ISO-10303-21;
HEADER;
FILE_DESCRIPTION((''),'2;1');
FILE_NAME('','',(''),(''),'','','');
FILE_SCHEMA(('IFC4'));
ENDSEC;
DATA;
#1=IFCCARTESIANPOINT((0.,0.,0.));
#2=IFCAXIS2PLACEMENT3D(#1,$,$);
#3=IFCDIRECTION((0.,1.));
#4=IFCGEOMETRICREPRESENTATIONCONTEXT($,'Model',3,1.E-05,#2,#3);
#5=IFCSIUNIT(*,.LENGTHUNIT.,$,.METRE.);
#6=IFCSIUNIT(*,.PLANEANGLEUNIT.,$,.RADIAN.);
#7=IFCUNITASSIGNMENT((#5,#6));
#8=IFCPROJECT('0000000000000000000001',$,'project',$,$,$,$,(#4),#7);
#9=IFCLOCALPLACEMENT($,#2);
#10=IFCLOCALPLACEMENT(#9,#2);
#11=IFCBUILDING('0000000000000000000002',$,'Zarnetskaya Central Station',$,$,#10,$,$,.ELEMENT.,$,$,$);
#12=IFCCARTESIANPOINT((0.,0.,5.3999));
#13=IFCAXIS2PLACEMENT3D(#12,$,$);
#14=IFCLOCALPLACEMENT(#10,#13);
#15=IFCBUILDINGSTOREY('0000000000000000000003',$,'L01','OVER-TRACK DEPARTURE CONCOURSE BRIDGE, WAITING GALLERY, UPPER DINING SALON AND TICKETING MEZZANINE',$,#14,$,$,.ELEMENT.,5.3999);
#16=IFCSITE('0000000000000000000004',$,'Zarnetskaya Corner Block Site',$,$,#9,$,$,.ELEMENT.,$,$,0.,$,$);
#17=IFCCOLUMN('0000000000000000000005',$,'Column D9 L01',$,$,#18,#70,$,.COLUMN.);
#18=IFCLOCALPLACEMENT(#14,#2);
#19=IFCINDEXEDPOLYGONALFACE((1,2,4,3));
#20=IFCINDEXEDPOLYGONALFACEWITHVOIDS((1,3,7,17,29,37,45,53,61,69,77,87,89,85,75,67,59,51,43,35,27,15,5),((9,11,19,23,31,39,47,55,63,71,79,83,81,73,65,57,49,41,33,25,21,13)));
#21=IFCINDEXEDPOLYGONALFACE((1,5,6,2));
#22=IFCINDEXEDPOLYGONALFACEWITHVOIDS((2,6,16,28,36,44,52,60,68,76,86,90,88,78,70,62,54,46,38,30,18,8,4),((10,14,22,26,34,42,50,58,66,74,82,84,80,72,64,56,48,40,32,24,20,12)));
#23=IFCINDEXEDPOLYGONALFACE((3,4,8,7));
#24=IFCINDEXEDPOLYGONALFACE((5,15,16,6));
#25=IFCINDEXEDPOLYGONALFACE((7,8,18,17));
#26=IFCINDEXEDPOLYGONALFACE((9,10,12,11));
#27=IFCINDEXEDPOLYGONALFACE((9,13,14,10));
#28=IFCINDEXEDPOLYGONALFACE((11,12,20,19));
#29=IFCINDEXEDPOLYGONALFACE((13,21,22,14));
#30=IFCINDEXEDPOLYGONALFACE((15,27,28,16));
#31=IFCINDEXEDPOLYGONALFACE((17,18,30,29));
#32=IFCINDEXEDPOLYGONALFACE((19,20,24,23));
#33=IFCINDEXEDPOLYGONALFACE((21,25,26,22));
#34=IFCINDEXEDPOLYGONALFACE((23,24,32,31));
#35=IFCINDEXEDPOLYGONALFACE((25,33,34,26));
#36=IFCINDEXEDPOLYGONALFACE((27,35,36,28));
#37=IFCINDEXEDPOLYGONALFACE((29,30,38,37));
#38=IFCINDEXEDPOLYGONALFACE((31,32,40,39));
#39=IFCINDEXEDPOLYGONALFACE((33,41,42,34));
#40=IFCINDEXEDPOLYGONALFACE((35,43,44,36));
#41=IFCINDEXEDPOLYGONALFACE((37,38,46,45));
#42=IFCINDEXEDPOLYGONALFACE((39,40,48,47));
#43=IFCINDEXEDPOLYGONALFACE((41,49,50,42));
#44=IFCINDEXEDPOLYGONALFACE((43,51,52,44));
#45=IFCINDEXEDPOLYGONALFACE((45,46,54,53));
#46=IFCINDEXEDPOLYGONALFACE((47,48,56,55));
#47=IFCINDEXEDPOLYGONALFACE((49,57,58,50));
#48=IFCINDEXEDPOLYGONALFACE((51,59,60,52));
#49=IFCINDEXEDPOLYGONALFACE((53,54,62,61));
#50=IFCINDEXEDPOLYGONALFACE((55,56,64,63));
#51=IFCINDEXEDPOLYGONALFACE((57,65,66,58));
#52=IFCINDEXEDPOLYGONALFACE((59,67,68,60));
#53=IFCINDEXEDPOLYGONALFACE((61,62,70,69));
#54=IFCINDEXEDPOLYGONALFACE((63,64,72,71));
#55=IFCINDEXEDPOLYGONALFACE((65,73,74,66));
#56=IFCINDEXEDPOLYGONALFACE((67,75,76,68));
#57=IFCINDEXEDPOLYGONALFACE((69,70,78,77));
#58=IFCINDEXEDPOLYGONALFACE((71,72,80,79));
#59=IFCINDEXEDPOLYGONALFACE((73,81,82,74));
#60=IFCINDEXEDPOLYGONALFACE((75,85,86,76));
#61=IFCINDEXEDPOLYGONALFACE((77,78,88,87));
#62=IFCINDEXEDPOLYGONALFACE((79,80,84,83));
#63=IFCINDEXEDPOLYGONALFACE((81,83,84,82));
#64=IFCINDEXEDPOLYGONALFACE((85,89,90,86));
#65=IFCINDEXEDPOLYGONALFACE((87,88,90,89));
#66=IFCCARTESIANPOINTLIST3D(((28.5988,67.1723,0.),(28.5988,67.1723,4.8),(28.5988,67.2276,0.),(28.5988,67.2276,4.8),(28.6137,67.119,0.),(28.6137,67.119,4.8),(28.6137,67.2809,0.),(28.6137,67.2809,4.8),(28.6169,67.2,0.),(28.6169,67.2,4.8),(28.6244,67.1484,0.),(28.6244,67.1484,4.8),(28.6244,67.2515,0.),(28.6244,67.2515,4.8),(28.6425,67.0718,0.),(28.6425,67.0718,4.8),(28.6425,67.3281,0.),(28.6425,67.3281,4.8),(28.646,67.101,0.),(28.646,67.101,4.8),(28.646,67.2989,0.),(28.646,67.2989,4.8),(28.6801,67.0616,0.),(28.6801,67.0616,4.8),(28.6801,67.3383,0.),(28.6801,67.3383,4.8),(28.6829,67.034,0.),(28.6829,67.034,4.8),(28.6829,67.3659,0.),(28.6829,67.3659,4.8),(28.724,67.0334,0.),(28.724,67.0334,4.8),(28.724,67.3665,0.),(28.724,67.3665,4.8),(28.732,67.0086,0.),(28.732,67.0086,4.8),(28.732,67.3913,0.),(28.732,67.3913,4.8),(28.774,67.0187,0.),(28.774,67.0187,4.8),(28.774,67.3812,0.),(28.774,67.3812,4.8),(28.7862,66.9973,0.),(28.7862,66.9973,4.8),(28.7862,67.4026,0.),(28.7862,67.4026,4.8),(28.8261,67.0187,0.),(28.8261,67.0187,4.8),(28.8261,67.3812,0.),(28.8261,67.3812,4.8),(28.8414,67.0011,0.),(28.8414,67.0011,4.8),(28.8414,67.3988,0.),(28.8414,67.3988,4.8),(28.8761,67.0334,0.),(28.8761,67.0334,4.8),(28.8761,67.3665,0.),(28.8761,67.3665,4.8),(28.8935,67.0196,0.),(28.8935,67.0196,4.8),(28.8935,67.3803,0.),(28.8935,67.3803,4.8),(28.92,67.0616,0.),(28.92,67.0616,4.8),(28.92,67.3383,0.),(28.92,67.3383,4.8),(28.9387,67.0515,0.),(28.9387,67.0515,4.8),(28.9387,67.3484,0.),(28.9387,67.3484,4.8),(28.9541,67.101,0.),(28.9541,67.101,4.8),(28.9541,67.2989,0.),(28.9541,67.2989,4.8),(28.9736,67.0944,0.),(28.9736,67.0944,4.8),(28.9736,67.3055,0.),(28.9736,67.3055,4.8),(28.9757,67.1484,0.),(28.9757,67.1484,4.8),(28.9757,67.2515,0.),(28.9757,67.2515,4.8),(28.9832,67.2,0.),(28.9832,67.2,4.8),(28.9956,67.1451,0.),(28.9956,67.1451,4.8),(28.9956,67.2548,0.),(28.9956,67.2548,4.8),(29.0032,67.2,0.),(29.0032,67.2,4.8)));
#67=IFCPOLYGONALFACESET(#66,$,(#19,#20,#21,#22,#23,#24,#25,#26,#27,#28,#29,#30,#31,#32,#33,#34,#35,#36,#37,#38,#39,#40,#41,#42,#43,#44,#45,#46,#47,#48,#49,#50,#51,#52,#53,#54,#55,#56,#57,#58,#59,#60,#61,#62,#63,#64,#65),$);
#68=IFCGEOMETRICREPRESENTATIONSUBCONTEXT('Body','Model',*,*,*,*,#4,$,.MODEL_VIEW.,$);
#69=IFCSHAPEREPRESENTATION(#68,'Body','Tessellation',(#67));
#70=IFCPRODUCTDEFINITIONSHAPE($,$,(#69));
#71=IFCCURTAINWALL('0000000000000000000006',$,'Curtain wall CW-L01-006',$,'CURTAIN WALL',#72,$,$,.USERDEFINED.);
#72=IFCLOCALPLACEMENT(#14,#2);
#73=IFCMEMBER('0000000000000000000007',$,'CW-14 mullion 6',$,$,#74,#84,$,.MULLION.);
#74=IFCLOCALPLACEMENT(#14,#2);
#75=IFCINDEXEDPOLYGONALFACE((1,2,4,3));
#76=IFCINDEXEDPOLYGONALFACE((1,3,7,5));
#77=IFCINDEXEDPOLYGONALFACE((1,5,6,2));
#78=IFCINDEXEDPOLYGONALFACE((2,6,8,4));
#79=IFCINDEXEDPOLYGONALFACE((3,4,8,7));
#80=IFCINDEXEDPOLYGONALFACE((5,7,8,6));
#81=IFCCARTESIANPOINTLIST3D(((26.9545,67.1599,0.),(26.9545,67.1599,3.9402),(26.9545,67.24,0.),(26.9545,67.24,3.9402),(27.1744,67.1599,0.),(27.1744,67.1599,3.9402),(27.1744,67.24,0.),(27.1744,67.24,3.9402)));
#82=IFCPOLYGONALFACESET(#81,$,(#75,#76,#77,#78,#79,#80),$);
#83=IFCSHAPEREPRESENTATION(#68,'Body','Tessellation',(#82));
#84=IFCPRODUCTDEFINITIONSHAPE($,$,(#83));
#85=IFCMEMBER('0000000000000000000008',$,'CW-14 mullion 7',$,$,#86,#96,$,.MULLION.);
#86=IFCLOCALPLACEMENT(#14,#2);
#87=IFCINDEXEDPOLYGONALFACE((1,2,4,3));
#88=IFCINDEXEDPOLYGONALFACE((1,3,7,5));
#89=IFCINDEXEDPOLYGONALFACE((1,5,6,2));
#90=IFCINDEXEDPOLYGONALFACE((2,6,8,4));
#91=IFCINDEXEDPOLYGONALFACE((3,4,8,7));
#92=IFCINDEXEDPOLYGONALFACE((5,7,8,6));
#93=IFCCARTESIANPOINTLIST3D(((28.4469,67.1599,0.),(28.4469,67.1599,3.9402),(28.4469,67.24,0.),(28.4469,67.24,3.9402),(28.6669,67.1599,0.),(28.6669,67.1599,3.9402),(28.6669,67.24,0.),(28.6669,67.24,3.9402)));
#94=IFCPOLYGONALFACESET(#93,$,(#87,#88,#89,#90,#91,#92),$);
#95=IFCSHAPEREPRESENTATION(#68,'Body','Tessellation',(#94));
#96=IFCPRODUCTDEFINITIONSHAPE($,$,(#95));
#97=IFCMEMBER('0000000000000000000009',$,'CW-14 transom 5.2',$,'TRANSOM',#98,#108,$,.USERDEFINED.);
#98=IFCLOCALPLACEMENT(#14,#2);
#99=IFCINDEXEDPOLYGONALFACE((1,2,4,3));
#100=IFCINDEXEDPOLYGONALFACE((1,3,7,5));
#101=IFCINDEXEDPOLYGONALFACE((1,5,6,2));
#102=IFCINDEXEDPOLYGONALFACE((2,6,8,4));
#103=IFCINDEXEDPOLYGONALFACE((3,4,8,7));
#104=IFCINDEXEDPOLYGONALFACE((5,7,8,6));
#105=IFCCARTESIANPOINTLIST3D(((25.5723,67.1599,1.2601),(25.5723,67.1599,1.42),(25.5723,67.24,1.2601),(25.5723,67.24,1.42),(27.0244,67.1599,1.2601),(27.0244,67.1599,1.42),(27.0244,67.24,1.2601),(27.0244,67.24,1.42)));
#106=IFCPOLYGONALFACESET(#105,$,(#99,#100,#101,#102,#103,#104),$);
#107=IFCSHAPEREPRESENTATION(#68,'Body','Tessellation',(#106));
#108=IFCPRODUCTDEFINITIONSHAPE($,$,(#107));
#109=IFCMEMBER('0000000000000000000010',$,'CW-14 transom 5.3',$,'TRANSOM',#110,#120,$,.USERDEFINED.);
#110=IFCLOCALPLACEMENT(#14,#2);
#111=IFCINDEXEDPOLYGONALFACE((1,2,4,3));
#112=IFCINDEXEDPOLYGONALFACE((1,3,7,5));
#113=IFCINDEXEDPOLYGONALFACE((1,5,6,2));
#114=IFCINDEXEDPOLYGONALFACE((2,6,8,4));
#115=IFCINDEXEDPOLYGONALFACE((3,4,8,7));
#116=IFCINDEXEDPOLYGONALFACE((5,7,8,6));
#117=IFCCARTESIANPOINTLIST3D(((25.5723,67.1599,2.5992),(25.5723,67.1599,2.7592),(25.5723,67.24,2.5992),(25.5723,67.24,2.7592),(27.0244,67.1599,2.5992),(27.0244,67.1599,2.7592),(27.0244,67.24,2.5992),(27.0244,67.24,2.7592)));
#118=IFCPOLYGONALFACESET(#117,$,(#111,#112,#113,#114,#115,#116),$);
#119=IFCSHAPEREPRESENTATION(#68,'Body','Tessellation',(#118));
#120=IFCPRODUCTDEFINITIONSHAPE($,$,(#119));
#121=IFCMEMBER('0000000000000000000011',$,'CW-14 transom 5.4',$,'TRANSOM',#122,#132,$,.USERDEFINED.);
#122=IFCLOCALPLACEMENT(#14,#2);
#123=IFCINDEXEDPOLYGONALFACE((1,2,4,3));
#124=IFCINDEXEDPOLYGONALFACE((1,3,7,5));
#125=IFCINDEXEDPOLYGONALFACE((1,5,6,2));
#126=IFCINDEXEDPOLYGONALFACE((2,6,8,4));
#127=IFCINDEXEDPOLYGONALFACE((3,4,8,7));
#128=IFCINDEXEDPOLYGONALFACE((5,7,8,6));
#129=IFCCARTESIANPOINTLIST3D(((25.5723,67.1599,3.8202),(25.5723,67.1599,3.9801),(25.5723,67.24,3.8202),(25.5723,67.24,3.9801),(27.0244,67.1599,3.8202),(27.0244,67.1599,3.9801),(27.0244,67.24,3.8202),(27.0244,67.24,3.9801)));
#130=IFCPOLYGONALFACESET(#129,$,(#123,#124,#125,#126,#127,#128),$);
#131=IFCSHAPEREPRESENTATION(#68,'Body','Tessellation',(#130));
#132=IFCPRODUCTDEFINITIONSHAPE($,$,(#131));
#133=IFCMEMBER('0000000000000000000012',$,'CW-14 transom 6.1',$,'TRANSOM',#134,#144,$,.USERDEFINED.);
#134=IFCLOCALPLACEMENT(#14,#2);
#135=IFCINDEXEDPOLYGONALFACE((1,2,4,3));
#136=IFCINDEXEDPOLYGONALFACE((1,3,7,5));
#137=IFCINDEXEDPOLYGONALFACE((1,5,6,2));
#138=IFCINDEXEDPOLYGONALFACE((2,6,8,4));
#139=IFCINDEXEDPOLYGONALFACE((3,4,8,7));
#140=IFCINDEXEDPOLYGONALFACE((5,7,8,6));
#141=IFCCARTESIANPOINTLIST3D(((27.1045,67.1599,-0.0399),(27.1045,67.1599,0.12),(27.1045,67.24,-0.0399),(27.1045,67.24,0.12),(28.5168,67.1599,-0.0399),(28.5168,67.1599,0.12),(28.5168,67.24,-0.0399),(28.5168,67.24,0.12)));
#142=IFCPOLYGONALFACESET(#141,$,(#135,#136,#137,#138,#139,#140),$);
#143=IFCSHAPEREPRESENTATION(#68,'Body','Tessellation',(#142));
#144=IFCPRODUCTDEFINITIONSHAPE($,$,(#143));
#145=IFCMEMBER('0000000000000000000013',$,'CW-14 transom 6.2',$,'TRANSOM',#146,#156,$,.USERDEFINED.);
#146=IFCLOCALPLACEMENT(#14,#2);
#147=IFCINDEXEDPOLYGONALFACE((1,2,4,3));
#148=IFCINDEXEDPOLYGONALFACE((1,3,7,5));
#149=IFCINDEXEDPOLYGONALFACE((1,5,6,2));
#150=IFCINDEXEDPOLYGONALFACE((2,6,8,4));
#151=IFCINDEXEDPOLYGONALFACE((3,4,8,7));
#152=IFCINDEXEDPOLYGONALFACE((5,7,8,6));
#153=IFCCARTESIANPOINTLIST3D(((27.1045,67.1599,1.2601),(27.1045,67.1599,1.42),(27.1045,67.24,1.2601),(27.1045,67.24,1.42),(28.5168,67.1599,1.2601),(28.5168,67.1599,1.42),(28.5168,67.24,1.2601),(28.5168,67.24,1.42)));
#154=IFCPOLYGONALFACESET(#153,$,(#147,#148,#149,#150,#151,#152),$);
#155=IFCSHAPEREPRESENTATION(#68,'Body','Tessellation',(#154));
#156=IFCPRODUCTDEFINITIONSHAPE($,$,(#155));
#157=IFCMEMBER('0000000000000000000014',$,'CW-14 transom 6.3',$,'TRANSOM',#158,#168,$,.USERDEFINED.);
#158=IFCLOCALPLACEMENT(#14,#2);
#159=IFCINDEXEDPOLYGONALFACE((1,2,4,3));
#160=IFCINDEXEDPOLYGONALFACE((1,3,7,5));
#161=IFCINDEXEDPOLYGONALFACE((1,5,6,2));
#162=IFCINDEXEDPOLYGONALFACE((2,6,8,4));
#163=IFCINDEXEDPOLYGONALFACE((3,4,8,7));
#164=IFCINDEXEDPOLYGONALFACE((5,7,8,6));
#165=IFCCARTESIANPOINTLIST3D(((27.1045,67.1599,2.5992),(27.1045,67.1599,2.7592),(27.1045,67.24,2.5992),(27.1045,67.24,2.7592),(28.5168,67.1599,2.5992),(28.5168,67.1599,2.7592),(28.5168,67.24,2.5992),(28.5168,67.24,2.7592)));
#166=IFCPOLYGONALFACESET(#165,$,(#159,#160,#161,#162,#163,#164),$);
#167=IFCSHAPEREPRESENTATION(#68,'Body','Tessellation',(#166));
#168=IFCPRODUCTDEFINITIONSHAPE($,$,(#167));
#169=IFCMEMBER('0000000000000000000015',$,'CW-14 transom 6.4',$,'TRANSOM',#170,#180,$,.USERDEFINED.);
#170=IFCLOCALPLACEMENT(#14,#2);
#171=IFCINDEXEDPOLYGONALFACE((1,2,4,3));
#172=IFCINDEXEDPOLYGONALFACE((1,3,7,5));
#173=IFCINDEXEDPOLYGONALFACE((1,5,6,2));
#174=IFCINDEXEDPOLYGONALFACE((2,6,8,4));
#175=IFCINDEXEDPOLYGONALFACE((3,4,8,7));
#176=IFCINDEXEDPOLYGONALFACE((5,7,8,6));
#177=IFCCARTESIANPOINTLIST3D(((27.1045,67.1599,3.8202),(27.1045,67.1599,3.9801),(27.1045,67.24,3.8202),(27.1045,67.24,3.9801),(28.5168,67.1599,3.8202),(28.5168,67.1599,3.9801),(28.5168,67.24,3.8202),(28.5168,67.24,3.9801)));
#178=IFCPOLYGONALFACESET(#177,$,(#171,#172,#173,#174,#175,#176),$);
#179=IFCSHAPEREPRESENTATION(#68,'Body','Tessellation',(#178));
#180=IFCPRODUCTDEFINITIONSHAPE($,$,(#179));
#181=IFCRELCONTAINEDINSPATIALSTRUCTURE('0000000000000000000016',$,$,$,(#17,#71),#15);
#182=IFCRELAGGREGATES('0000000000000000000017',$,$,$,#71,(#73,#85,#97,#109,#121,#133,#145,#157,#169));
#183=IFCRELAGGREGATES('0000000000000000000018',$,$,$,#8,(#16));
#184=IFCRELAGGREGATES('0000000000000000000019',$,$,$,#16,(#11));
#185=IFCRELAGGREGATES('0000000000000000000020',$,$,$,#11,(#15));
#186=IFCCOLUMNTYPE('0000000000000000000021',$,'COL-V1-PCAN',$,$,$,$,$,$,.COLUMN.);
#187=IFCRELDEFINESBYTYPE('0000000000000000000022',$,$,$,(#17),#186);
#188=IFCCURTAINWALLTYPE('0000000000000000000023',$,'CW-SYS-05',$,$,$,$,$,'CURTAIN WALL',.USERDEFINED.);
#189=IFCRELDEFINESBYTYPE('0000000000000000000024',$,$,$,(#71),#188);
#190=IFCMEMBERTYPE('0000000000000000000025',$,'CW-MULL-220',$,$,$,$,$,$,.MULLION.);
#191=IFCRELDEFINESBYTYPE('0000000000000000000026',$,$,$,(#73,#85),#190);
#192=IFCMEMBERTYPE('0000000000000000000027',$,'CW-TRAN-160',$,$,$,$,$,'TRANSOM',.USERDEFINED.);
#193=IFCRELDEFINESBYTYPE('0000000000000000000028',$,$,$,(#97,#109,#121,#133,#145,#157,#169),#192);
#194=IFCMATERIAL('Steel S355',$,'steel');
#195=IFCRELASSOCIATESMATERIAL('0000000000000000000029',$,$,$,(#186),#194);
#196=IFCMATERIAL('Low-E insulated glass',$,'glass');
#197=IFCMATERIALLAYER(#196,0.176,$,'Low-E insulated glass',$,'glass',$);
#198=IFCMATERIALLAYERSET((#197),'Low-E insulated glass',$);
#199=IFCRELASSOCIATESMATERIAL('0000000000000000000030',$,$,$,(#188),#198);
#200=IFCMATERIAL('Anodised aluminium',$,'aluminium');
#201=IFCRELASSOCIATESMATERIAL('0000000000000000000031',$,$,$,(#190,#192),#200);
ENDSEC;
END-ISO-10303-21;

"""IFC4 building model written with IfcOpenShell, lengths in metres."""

from ifc_helpers import new_model, si_unit, direction, frame, origin, origin_2d, place, context, subcontext, project, spatial, rectangle, hollow_circle, extrude, material, layer, layer_set, material_profile, profile_set, type_object, element, aggregate, save


model = new_model("IFC4")

# Units and contexts
model_context = context("Model", 3, precision=1e-05, world=origin(), true_north=direction((0.0, 1.0)))
body_context = subcontext(model_context, "Body", "Model", "MODEL_VIEW")
ifc_project = project(units=[si_unit("LENGTHUNIT", "METRE"), si_unit("PLANEANGLEUNIT", "RADIAN")], contexts=[model_context])

# Site, building, storey
site_placement = place(None, origin())
site = spatial("IfcSite", under=ifc_project, at=site_placement, Name="Zarnetskaya Corner Block Site", CompositionType="ELEMENT", RefElevation=0.0)
building_placement = place(site_placement, origin())
building = spatial("IfcBuilding", under=site, at=building_placement, Name="Zarnetskaya Central Station", CompositionType="ELEMENT")
storey_placement = place(building_placement, frame((0.0, 0.0, 5.3999)))
storey = spatial("IfcBuildingStorey", under=building, at=storey_placement, Name="L01", Description="OVER-TRACK DEPARTURE CONCOURSE BRIDGE, WAITING GALLERY, UPPER DINING SALON AND TICKETING MEZZANINE", CompositionType="ELEMENT", Elevation=5.3999)

# Column
ifc_material_1 = material(Name="Steel S355", Category="steel")
ifc_material_profile_1 = material_profile(ifc_material_1, hollow_circle(Radius=0.2031, WallThickness=0.02, at=origin_2d()), Name="CHS 406.4x20")
ifc_profile_set_1 = profile_set([ifc_material_profile_1], Name="Steel S355")
column_type = type_object("IfcColumnType", Name="COL-V1-PCAN", PredefinedType="COLUMN", material=ifc_profile_set_1)
column_placement = place(storey_placement, frame((28.8, 67.2, 0.0), z_axis=(0.0, 0.0, 1.0), x_axis=(1.0, 0.0, 0.0)))
element("IfcColumn", 1, at=column_placement, inside=storey, type_object=column_type, Name="Column D9 L01", PredefinedType="COLUMN", context=body_context, shape_type="SweptSolid", body=[
    extrude(hollow_circle(Radius=0.2031, WallThickness=0.02, at=origin_2d()), origin(), (0.0, 0.0, 1.0), 4.8),
])

# Curtain wall, members
ifc_material_2 = material(Name="Low-E insulated glass", Category="glass")
ifc_layer_1 = layer(ifc_material_2, 0.176, Name="Low-E insulated glass", Category="glass")
ifc_layer_set_1 = layer_set([ifc_layer_1], Name="Low-E insulated glass")
curtain_wall_type = type_object("IfcCurtainWallType", Name="CW-SYS-05", ElementType="CURTAIN WALL", PredefinedType="USERDEFINED", material=ifc_layer_set_1)
curtain_wall_placement = place(storey_placement, origin())
curtain_wall = element("IfcCurtainWall", 2, at=curtain_wall_placement, inside=storey, type_object=curtain_wall_type, Name="Curtain wall CW-L01-006", ObjectType="CURTAIN WALL", PredefinedType="USERDEFINED")
ifc_material_3 = material(Name="Anodised aluminium", Category="aluminium")
ifc_material_profile_2 = material_profile(ifc_material_3, rectangle(XDim=0.0801, YDim=0.22, at=origin_2d()), Name="ALU MULL 80x220")
ifc_profile_set_2 = profile_set([ifc_material_profile_2], Name="Anodised aluminium")
member_type_1 = type_object("IfcMemberType", Name="CW-MULL-220", PredefinedType="MULLION", material=ifc_profile_set_2)
member_1_placement = place(storey_placement, frame((27.0645, 67.2, 0.0), z_axis=(0.0, 0.0, 1.0), x_axis=(0.0, 1.0, 0.0)))
member_1 = element("IfcMember", 3, at=member_1_placement, type_object=member_type_1, Name="CW-14 mullion 6", PredefinedType="MULLION", context=body_context, shape_type="SweptSolid", body=[
    extrude(rectangle(XDim=0.0801, YDim=0.22, at=origin_2d()), origin(), (0.0, 0.0, 1.0), 3.9402),
])
member_2_placement = place(storey_placement, frame((28.5569, 67.2, 0.0), z_axis=(0.0, 0.0, 1.0), x_axis=(0.0, 1.0, 0.0)))
member_2 = element("IfcMember", 4, at=member_2_placement, type_object=member_type_1, Name="CW-14 mullion 7", PredefinedType="MULLION", context=body_context, shape_type="SweptSolid", body=[
    extrude(rectangle(XDim=0.0801, YDim=0.22, at=origin_2d()), origin(), (0.0, 0.0, 1.0), 3.9402),
])
ifc_material_profile_3 = material_profile(ifc_material_3, rectangle(XDim=0.0801, YDim=0.1599, at=origin_2d()), Name="ALU TRAN 80x160")
ifc_profile_set_3 = profile_set([ifc_material_profile_3], Name="Anodised aluminium")
member_type_2 = type_object("IfcMemberType", Name="CW-TRAN-160", ElementType="TRANSOM", PredefinedType="USERDEFINED", material=ifc_profile_set_3)
member_3_placement = place(storey_placement, frame((25.5723, 67.2, 1.3401), z_axis=(1.0, 0.0, 0.0), x_axis=(0.0, 1.0, 0.0)))
member_3 = element("IfcMember", 5, at=member_3_placement, type_object=member_type_2, Name="CW-14 transom 5.2", ObjectType="TRANSOM", PredefinedType="USERDEFINED", context=body_context, shape_type="SweptSolid", body=[
    extrude(rectangle(XDim=0.0801, YDim=0.1599, at=origin_2d()), origin(), (0.0, 0.0, 1.0), 1.4521),
])
member_4_placement = place(storey_placement, frame((25.5723, 67.2, 2.6792), z_axis=(1.0, 0.0, 0.0), x_axis=(0.0, 1.0, 0.0)))
member_4 = element("IfcMember", 6, at=member_4_placement, type_object=member_type_2, Name="CW-14 transom 5.3", ObjectType="TRANSOM", PredefinedType="USERDEFINED", context=body_context, shape_type="SweptSolid", body=[
    extrude(rectangle(XDim=0.0801, YDim=0.1599, at=origin_2d()), origin(), (0.0, 0.0, 1.0), 1.4521),
])
member_5_placement = place(storey_placement, frame((25.5723, 67.2, 3.9001), z_axis=(1.0, 0.0, 0.0), x_axis=(0.0, 1.0, 0.0)))
member_5 = element("IfcMember", 7, at=member_5_placement, type_object=member_type_2, Name="CW-14 transom 5.4", ObjectType="TRANSOM", PredefinedType="USERDEFINED", context=body_context, shape_type="SweptSolid", body=[
    extrude(rectangle(XDim=0.0801, YDim=0.1599, at=origin_2d()), origin(), (0.0, 0.0, 1.0), 1.4521),
])
member_6_placement = place(storey_placement, frame((27.1045, 67.2, 0.04), z_axis=(1.0, 0.0, 0.0), x_axis=(0.0, 1.0, 0.0)))
member_6 = element("IfcMember", 8, at=member_6_placement, type_object=member_type_2, Name="CW-14 transom 6.1", ObjectType="TRANSOM", PredefinedType="USERDEFINED", context=body_context, shape_type="SweptSolid", body=[
    extrude(rectangle(XDim=0.0801, YDim=0.1599, at=origin_2d()), origin(), (0.0, 0.0, 1.0), 1.4124),
])
member_7_placement = place(storey_placement, frame((27.1045, 67.2, 1.3401), z_axis=(1.0, 0.0, 0.0), x_axis=(0.0, 1.0, 0.0)))
member_7 = element("IfcMember", 9, at=member_7_placement, type_object=member_type_2, Name="CW-14 transom 6.2", ObjectType="TRANSOM", PredefinedType="USERDEFINED", context=body_context, shape_type="SweptSolid", body=[
    extrude(rectangle(XDim=0.0801, YDim=0.1599, at=origin_2d()), origin(), (0.0, 0.0, 1.0), 1.4124),
])
member_8_placement = place(storey_placement, frame((27.1045, 67.2, 2.6792), z_axis=(1.0, 0.0, 0.0), x_axis=(0.0, 1.0, 0.0)))
member_8 = element("IfcMember", 10, at=member_8_placement, type_object=member_type_2, Name="CW-14 transom 6.3", ObjectType="TRANSOM", PredefinedType="USERDEFINED", context=body_context, shape_type="SweptSolid", body=[
    extrude(rectangle(XDim=0.0801, YDim=0.1599, at=origin_2d()), origin(), (0.0, 0.0, 1.0), 1.4124),
])
member_9_placement = place(storey_placement, frame((27.1045, 67.2, 3.9001), z_axis=(1.0, 0.0, 0.0), x_axis=(0.0, 1.0, 0.0)))
member_9 = element("IfcMember", 11, at=member_9_placement, type_object=member_type_2, Name="CW-14 transom 6.4", ObjectType="TRANSOM", PredefinedType="USERDEFINED", context=body_context, shape_type="SweptSolid", body=[
    extrude(rectangle(XDim=0.0801, YDim=0.1599, at=origin_2d()), origin(), (0.0, 0.0, 1.0), 1.4124),
])

aggregate(curtain_wall, [member_1, member_2, member_3, member_4, member_5, member_6, member_7, member_8, member_9])

save(model, "model.ifc")
